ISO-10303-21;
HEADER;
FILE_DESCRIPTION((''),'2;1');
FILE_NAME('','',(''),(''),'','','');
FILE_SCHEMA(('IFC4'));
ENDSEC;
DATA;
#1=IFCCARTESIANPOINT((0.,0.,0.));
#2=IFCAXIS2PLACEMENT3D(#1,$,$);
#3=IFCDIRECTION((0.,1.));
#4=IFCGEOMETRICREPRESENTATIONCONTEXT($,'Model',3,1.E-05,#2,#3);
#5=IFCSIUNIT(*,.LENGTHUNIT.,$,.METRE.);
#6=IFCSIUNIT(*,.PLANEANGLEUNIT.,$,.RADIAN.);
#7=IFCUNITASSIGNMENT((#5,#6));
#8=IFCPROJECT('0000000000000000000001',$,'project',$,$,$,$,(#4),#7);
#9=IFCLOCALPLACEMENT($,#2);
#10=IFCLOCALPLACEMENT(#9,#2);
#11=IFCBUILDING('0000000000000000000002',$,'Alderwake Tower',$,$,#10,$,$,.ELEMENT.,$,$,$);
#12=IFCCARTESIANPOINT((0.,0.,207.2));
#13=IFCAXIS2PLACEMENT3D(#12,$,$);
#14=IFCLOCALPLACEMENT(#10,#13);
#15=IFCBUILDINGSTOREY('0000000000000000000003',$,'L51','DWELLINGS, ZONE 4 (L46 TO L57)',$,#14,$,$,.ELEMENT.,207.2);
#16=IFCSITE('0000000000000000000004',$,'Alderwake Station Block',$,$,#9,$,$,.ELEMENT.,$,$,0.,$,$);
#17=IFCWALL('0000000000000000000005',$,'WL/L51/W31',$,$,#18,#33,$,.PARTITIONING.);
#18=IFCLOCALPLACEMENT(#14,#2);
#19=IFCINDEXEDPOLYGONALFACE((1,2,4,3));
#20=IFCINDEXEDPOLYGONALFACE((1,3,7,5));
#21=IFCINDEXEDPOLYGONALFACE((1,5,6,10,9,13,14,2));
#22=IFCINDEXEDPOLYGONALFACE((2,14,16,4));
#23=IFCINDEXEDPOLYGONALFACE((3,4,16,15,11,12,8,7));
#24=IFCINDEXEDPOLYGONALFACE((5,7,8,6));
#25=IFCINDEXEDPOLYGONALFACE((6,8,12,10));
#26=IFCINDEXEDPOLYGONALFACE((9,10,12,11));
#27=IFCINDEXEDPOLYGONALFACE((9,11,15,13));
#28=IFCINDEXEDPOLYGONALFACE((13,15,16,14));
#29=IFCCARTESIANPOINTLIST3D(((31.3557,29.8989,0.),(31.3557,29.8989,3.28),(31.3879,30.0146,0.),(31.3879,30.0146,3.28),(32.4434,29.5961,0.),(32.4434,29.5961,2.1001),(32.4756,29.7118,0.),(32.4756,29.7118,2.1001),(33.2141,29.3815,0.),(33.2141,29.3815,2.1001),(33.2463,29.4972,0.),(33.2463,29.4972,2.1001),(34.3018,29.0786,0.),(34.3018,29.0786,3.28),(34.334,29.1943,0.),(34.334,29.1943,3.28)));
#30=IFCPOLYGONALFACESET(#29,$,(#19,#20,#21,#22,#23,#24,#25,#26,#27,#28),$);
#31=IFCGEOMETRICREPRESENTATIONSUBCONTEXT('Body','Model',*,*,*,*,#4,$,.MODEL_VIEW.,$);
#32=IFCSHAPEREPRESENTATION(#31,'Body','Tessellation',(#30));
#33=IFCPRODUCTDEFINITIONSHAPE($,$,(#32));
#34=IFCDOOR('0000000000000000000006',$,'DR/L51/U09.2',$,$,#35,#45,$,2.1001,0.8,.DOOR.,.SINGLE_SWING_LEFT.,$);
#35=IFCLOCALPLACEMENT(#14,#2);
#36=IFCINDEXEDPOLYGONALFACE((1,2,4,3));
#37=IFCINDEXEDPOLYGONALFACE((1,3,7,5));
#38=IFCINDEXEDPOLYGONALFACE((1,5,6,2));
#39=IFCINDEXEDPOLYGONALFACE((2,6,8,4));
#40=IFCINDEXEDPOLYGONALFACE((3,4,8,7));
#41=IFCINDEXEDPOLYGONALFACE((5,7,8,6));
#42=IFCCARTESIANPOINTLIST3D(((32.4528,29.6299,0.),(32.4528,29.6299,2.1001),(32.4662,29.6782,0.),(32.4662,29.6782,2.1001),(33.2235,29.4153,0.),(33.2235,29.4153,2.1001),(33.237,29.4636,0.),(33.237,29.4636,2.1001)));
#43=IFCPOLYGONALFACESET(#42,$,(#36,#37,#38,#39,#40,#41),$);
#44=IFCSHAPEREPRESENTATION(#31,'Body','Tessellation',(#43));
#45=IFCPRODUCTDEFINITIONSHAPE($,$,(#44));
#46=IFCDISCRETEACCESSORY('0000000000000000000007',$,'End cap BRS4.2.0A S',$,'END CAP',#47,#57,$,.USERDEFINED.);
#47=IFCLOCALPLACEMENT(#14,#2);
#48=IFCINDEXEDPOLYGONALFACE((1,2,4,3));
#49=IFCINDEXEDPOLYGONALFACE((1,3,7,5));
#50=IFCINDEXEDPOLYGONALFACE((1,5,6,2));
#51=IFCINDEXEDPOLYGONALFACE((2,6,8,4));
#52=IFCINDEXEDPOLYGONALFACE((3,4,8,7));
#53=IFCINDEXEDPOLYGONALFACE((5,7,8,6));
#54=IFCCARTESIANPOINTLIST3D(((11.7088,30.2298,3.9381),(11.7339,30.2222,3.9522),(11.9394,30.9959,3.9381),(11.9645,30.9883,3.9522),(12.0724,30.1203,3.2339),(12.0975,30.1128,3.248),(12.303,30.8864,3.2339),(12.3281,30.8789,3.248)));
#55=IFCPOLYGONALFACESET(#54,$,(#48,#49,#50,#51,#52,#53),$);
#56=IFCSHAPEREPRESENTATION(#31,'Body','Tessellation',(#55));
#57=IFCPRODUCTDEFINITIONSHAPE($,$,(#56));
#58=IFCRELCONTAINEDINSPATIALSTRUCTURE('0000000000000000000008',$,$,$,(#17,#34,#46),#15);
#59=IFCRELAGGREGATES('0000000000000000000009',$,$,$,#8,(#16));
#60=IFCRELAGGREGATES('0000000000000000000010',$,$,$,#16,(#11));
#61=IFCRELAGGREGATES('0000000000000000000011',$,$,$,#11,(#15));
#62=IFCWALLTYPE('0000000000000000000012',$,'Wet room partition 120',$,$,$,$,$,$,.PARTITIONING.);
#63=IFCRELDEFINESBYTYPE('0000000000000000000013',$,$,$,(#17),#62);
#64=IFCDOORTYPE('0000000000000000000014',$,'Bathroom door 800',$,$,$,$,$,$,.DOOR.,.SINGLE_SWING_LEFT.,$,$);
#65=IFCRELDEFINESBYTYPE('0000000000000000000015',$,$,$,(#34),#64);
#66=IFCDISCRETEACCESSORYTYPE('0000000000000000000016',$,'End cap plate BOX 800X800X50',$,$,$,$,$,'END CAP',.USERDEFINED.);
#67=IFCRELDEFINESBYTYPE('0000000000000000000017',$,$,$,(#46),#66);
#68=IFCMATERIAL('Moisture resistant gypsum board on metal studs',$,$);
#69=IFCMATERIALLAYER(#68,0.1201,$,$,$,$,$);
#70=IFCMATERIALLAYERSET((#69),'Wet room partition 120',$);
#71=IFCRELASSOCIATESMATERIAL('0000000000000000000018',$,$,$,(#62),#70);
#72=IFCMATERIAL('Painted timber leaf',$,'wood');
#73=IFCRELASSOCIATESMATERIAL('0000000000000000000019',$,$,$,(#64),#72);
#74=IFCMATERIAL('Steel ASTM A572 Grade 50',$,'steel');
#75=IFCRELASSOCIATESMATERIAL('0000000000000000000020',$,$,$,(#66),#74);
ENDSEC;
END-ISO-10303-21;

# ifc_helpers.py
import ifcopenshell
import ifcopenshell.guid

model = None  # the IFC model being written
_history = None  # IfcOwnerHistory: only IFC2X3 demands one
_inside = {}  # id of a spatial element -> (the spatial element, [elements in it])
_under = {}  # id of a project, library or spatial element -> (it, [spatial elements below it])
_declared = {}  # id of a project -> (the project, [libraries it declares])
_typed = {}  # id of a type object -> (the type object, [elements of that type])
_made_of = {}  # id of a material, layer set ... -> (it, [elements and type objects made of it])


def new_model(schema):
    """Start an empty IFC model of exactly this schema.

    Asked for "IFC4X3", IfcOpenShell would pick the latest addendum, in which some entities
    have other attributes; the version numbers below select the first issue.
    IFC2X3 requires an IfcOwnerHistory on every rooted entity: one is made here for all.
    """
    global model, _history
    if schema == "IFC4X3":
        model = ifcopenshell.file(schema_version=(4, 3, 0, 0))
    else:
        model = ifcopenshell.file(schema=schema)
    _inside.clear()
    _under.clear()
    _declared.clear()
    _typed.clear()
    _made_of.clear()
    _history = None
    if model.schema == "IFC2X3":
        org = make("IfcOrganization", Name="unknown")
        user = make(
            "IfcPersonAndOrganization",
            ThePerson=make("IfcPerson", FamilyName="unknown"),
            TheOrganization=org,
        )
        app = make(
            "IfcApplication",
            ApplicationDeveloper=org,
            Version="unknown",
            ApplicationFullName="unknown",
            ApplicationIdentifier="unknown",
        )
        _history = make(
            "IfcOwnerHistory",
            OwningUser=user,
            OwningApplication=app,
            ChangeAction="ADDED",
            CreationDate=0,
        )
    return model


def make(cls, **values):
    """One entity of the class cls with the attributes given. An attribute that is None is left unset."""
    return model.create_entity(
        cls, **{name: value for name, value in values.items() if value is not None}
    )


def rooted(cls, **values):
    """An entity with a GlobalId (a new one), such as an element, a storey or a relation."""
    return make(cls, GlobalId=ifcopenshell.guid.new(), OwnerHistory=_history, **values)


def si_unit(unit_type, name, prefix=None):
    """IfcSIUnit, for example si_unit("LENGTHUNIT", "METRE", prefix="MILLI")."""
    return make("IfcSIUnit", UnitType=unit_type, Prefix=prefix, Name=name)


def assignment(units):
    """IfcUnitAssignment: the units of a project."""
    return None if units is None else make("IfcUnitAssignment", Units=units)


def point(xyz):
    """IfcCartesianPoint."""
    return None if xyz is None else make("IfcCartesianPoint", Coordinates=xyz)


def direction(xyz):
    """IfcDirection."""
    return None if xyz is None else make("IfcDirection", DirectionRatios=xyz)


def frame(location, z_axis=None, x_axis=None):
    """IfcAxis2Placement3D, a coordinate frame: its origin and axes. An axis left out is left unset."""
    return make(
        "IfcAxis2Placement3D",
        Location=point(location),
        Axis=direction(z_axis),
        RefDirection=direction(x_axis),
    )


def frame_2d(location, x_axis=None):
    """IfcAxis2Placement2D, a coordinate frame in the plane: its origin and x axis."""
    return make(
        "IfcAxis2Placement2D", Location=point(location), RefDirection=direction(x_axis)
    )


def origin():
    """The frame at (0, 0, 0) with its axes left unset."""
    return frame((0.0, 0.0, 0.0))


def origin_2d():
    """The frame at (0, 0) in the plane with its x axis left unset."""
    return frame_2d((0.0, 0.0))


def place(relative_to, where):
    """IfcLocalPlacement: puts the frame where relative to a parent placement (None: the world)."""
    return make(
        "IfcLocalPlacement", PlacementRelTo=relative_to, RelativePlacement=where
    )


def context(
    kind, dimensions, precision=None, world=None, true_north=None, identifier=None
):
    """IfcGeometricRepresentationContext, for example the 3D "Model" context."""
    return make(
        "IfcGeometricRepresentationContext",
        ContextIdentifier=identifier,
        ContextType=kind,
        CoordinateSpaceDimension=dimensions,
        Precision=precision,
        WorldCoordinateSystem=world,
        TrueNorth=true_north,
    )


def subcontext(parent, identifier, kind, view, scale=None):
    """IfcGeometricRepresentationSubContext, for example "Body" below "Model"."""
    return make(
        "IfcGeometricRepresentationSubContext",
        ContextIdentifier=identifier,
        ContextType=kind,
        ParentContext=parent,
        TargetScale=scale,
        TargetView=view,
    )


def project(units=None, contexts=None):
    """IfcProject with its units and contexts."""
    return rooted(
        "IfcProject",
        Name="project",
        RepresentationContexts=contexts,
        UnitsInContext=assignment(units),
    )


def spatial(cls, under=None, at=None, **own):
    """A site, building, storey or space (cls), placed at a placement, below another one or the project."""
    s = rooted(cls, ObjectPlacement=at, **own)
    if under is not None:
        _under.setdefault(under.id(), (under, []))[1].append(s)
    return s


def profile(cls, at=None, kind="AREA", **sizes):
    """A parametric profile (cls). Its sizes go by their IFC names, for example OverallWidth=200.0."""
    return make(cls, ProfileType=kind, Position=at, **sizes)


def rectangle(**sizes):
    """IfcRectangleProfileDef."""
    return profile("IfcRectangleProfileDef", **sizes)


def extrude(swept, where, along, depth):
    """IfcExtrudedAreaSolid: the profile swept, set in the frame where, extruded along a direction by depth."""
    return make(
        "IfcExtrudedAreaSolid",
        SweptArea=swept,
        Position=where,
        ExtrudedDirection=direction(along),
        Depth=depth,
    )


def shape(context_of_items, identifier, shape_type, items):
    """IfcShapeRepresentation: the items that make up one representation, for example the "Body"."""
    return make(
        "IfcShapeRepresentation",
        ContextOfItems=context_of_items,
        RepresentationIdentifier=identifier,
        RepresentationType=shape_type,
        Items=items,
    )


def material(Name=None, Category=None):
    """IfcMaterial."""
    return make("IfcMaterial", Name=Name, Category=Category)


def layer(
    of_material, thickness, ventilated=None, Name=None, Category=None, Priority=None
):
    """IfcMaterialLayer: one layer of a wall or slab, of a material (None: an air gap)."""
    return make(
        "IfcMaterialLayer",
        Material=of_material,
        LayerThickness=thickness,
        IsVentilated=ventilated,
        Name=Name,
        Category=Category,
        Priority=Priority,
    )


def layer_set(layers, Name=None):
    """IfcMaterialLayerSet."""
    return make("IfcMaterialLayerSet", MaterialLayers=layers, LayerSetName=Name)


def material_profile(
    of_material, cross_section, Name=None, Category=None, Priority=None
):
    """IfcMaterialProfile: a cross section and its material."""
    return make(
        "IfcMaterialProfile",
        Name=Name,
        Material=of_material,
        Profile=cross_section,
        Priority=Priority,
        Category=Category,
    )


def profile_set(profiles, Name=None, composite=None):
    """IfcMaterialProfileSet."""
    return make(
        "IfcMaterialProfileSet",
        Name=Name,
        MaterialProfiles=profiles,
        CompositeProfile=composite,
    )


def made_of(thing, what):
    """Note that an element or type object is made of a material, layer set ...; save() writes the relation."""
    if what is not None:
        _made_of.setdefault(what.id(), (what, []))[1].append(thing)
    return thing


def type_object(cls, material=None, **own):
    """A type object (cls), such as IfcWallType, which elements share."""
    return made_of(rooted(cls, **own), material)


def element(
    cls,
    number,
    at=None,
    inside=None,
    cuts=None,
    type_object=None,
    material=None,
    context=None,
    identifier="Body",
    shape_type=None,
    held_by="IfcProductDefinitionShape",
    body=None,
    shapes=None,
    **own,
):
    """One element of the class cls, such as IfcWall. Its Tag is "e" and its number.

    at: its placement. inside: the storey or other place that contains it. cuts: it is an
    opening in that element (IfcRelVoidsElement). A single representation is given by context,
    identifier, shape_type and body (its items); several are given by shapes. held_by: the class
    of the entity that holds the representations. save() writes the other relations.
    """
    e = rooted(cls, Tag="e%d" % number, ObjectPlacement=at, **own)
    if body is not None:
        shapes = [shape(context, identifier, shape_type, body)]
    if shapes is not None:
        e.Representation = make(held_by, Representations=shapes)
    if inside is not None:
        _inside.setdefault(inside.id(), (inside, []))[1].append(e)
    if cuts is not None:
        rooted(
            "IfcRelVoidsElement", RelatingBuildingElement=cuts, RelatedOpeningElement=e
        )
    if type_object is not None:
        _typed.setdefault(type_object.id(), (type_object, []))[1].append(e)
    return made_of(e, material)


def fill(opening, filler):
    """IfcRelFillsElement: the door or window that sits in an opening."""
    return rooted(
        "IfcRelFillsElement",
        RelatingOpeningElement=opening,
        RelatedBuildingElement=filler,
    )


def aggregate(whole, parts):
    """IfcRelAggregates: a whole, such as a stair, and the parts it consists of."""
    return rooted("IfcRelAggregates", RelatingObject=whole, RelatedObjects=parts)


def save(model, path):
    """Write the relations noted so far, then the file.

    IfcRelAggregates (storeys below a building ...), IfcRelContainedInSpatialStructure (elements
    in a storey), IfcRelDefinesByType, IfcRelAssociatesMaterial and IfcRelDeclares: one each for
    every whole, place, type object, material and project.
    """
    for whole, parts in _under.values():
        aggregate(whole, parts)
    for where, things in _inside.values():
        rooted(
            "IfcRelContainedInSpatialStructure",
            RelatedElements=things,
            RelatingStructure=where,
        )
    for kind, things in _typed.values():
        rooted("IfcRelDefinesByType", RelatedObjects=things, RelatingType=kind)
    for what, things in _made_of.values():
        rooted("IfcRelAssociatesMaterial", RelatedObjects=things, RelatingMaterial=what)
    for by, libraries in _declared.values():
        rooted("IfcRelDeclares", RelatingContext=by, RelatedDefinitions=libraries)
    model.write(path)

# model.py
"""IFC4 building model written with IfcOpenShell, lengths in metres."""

from ifc_helpers import new_model, si_unit, direction, frame, frame_2d, origin, origin_2d, place, context, subcontext, project, spatial, rectangle, extrude, material, layer, layer_set, material_profile, profile_set, type_object, element, fill, save


model = new_model("IFC4")

# Units and contexts
model_context = context("Model", 3, precision=1e-05, world=origin(), true_north=direction((0.0, 1.0)))
body_context = subcontext(model_context, "Body", "Model", "MODEL_VIEW")
ifc_project = project(units=[si_unit("LENGTHUNIT", "METRE"), si_unit("PLANEANGLEUNIT", "RADIAN")], contexts=[model_context])

# Site, building, storey
site_placement = place(None, origin())
site = spatial("IfcSite", under=ifc_project, at=site_placement, Name="Alderwake Station Block", CompositionType="ELEMENT", RefElevation=0.0)
building_placement = place(site_placement, origin())
building = spatial("IfcBuilding", under=site, at=building_placement, Name="Alderwake Tower", CompositionType="ELEMENT")
storey_placement = place(building_placement, frame((0.0, 0.0, 207.2)))
storey = spatial("IfcBuildingStorey", under=building, at=storey_placement, Name="L51", Description="DWELLINGS, ZONE 4 (L46 TO L57)", CompositionType="ELEMENT", Elevation=207.2)

# Shared definitions
ifc_material_1 = material(Name="Moisture resistant gypsum board on metal studs")
ifc_layer_1 = layer(ifc_material_1, 0.1201)
ifc_layer_set_1 = layer_set([ifc_layer_1], Name="Wet room partition 120")
wall_type_1 = type_object("IfcWallType", Name="Wet room partition 120", PredefinedType="PARTITIONING", material=ifc_layer_set_1)

# Wall, opening, door
wall_1_placement = place(storey_placement, frame((34.3179, 29.1365, 0.0), z_axis=(0.0, 0.0, 1.0), x_axis=(-0.963352, 0.268241, 0.0)))
wall_1 = element("IfcWall", 1, at=wall_1_placement, inside=storey, type_object=wall_type_1, Name="WL/L51/W31", PredefinedType="PARTITIONING", context=body_context, shape_type="SweptSolid", body=[
    extrude(rectangle(XDim=3.0581, YDim=0.1201, at=frame_2d((1.5291, 0.0))), origin(), (0.0, 0.0, 1.0), 3.28),
])
opening_1_placement = place(wall_1_placement, frame((1.1292, 0.0, 0.0)))
opening_1 = element("IfcOpeningElement", 2, at=opening_1_placement, cuts=wall_1, PredefinedType="OPENING", context=body_context, shape_type="SweptSolid", body=[
    extrude(rectangle(XDim=0.8, YDim=2.1001, at=frame_2d((0.3999, 1.05))), frame((0.0, 0.0701, 0.0), z_axis=(0.0, -1.0, 0.0), x_axis=(1.0, 0.0, 0.0)), (0.0, 0.0, 1.0), 0.1401),
])
ifc_material_2 = material(Name="Painted timber leaf", Category="wood")
door_type_1 = type_object("IfcDoorType", Name="Bathroom door 800", OperationType="SINGLE_SWING_LEFT", PredefinedType="DOOR", material=ifc_material_2)
door_1_placement = place(opening_1_placement, origin())
door_1 = element("IfcDoor", 3, at=door_1_placement, inside=storey, type_object=door_type_1, Name="DR/L51/U09.2", OperationType="SINGLE_SWING_LEFT", OverallHeight=2.1001, OverallWidth=0.8, PredefinedType="DOOR", context=body_context, shape_type="SweptSolid", body=[
    extrude(rectangle(XDim=0.8, YDim=2.1001, at=frame_2d((0.3999, 1.05))), frame((0.0, 0.0249, 0.0), z_axis=(0.0, -1.0, 0.0), x_axis=(1.0, 0.0, 0.0)), (0.0, 0.0, 1.0), 0.05),
])
fill(opening_1, door_1)

# Discrete accessory
ifc_material_3 = material(Name="Steel ASTM A572 Grade 50", Category="steel")
ifc_material_profile_1 = material_profile(ifc_material_3, rectangle(XDim=0.8, YDim=0.8, at=origin_2d()), Name="BOX 800X800X50 cap")
ifc_profile_set_1 = profile_set([ifc_material_profile_1], Name="Steel ASTM A572 Grade 50")
discrete_accessory_type = type_object("IfcDiscreteAccessoryType", Name="End cap plate BOX 800X800X50", ElementType="END CAP", PredefinedType="USERDEFINED", material=ifc_profile_set_1)
discrete_accessory_placement = place(storey_placement, frame((12.031, 30.5505, 3.6001), z_axis=(-0.842848, 0.253673, -0.474613), x_axis=(-0.288201, -0.95757, 0.0)))
element("IfcDiscreteAccessory", 4, at=discrete_accessory_placement, inside=storey, type_object=discrete_accessory_type, Name="End cap BRS4.2.0A S", ObjectType="END CAP", PredefinedType="USERDEFINED", context=body_context, shape_type="SweptSolid", body=[
    extrude(rectangle(XDim=0.8, YDim=0.8, at=origin_2d()), origin(), (0.0, 0.0, 1.0), 0.0298),
])

save(model, "model.ifc")
